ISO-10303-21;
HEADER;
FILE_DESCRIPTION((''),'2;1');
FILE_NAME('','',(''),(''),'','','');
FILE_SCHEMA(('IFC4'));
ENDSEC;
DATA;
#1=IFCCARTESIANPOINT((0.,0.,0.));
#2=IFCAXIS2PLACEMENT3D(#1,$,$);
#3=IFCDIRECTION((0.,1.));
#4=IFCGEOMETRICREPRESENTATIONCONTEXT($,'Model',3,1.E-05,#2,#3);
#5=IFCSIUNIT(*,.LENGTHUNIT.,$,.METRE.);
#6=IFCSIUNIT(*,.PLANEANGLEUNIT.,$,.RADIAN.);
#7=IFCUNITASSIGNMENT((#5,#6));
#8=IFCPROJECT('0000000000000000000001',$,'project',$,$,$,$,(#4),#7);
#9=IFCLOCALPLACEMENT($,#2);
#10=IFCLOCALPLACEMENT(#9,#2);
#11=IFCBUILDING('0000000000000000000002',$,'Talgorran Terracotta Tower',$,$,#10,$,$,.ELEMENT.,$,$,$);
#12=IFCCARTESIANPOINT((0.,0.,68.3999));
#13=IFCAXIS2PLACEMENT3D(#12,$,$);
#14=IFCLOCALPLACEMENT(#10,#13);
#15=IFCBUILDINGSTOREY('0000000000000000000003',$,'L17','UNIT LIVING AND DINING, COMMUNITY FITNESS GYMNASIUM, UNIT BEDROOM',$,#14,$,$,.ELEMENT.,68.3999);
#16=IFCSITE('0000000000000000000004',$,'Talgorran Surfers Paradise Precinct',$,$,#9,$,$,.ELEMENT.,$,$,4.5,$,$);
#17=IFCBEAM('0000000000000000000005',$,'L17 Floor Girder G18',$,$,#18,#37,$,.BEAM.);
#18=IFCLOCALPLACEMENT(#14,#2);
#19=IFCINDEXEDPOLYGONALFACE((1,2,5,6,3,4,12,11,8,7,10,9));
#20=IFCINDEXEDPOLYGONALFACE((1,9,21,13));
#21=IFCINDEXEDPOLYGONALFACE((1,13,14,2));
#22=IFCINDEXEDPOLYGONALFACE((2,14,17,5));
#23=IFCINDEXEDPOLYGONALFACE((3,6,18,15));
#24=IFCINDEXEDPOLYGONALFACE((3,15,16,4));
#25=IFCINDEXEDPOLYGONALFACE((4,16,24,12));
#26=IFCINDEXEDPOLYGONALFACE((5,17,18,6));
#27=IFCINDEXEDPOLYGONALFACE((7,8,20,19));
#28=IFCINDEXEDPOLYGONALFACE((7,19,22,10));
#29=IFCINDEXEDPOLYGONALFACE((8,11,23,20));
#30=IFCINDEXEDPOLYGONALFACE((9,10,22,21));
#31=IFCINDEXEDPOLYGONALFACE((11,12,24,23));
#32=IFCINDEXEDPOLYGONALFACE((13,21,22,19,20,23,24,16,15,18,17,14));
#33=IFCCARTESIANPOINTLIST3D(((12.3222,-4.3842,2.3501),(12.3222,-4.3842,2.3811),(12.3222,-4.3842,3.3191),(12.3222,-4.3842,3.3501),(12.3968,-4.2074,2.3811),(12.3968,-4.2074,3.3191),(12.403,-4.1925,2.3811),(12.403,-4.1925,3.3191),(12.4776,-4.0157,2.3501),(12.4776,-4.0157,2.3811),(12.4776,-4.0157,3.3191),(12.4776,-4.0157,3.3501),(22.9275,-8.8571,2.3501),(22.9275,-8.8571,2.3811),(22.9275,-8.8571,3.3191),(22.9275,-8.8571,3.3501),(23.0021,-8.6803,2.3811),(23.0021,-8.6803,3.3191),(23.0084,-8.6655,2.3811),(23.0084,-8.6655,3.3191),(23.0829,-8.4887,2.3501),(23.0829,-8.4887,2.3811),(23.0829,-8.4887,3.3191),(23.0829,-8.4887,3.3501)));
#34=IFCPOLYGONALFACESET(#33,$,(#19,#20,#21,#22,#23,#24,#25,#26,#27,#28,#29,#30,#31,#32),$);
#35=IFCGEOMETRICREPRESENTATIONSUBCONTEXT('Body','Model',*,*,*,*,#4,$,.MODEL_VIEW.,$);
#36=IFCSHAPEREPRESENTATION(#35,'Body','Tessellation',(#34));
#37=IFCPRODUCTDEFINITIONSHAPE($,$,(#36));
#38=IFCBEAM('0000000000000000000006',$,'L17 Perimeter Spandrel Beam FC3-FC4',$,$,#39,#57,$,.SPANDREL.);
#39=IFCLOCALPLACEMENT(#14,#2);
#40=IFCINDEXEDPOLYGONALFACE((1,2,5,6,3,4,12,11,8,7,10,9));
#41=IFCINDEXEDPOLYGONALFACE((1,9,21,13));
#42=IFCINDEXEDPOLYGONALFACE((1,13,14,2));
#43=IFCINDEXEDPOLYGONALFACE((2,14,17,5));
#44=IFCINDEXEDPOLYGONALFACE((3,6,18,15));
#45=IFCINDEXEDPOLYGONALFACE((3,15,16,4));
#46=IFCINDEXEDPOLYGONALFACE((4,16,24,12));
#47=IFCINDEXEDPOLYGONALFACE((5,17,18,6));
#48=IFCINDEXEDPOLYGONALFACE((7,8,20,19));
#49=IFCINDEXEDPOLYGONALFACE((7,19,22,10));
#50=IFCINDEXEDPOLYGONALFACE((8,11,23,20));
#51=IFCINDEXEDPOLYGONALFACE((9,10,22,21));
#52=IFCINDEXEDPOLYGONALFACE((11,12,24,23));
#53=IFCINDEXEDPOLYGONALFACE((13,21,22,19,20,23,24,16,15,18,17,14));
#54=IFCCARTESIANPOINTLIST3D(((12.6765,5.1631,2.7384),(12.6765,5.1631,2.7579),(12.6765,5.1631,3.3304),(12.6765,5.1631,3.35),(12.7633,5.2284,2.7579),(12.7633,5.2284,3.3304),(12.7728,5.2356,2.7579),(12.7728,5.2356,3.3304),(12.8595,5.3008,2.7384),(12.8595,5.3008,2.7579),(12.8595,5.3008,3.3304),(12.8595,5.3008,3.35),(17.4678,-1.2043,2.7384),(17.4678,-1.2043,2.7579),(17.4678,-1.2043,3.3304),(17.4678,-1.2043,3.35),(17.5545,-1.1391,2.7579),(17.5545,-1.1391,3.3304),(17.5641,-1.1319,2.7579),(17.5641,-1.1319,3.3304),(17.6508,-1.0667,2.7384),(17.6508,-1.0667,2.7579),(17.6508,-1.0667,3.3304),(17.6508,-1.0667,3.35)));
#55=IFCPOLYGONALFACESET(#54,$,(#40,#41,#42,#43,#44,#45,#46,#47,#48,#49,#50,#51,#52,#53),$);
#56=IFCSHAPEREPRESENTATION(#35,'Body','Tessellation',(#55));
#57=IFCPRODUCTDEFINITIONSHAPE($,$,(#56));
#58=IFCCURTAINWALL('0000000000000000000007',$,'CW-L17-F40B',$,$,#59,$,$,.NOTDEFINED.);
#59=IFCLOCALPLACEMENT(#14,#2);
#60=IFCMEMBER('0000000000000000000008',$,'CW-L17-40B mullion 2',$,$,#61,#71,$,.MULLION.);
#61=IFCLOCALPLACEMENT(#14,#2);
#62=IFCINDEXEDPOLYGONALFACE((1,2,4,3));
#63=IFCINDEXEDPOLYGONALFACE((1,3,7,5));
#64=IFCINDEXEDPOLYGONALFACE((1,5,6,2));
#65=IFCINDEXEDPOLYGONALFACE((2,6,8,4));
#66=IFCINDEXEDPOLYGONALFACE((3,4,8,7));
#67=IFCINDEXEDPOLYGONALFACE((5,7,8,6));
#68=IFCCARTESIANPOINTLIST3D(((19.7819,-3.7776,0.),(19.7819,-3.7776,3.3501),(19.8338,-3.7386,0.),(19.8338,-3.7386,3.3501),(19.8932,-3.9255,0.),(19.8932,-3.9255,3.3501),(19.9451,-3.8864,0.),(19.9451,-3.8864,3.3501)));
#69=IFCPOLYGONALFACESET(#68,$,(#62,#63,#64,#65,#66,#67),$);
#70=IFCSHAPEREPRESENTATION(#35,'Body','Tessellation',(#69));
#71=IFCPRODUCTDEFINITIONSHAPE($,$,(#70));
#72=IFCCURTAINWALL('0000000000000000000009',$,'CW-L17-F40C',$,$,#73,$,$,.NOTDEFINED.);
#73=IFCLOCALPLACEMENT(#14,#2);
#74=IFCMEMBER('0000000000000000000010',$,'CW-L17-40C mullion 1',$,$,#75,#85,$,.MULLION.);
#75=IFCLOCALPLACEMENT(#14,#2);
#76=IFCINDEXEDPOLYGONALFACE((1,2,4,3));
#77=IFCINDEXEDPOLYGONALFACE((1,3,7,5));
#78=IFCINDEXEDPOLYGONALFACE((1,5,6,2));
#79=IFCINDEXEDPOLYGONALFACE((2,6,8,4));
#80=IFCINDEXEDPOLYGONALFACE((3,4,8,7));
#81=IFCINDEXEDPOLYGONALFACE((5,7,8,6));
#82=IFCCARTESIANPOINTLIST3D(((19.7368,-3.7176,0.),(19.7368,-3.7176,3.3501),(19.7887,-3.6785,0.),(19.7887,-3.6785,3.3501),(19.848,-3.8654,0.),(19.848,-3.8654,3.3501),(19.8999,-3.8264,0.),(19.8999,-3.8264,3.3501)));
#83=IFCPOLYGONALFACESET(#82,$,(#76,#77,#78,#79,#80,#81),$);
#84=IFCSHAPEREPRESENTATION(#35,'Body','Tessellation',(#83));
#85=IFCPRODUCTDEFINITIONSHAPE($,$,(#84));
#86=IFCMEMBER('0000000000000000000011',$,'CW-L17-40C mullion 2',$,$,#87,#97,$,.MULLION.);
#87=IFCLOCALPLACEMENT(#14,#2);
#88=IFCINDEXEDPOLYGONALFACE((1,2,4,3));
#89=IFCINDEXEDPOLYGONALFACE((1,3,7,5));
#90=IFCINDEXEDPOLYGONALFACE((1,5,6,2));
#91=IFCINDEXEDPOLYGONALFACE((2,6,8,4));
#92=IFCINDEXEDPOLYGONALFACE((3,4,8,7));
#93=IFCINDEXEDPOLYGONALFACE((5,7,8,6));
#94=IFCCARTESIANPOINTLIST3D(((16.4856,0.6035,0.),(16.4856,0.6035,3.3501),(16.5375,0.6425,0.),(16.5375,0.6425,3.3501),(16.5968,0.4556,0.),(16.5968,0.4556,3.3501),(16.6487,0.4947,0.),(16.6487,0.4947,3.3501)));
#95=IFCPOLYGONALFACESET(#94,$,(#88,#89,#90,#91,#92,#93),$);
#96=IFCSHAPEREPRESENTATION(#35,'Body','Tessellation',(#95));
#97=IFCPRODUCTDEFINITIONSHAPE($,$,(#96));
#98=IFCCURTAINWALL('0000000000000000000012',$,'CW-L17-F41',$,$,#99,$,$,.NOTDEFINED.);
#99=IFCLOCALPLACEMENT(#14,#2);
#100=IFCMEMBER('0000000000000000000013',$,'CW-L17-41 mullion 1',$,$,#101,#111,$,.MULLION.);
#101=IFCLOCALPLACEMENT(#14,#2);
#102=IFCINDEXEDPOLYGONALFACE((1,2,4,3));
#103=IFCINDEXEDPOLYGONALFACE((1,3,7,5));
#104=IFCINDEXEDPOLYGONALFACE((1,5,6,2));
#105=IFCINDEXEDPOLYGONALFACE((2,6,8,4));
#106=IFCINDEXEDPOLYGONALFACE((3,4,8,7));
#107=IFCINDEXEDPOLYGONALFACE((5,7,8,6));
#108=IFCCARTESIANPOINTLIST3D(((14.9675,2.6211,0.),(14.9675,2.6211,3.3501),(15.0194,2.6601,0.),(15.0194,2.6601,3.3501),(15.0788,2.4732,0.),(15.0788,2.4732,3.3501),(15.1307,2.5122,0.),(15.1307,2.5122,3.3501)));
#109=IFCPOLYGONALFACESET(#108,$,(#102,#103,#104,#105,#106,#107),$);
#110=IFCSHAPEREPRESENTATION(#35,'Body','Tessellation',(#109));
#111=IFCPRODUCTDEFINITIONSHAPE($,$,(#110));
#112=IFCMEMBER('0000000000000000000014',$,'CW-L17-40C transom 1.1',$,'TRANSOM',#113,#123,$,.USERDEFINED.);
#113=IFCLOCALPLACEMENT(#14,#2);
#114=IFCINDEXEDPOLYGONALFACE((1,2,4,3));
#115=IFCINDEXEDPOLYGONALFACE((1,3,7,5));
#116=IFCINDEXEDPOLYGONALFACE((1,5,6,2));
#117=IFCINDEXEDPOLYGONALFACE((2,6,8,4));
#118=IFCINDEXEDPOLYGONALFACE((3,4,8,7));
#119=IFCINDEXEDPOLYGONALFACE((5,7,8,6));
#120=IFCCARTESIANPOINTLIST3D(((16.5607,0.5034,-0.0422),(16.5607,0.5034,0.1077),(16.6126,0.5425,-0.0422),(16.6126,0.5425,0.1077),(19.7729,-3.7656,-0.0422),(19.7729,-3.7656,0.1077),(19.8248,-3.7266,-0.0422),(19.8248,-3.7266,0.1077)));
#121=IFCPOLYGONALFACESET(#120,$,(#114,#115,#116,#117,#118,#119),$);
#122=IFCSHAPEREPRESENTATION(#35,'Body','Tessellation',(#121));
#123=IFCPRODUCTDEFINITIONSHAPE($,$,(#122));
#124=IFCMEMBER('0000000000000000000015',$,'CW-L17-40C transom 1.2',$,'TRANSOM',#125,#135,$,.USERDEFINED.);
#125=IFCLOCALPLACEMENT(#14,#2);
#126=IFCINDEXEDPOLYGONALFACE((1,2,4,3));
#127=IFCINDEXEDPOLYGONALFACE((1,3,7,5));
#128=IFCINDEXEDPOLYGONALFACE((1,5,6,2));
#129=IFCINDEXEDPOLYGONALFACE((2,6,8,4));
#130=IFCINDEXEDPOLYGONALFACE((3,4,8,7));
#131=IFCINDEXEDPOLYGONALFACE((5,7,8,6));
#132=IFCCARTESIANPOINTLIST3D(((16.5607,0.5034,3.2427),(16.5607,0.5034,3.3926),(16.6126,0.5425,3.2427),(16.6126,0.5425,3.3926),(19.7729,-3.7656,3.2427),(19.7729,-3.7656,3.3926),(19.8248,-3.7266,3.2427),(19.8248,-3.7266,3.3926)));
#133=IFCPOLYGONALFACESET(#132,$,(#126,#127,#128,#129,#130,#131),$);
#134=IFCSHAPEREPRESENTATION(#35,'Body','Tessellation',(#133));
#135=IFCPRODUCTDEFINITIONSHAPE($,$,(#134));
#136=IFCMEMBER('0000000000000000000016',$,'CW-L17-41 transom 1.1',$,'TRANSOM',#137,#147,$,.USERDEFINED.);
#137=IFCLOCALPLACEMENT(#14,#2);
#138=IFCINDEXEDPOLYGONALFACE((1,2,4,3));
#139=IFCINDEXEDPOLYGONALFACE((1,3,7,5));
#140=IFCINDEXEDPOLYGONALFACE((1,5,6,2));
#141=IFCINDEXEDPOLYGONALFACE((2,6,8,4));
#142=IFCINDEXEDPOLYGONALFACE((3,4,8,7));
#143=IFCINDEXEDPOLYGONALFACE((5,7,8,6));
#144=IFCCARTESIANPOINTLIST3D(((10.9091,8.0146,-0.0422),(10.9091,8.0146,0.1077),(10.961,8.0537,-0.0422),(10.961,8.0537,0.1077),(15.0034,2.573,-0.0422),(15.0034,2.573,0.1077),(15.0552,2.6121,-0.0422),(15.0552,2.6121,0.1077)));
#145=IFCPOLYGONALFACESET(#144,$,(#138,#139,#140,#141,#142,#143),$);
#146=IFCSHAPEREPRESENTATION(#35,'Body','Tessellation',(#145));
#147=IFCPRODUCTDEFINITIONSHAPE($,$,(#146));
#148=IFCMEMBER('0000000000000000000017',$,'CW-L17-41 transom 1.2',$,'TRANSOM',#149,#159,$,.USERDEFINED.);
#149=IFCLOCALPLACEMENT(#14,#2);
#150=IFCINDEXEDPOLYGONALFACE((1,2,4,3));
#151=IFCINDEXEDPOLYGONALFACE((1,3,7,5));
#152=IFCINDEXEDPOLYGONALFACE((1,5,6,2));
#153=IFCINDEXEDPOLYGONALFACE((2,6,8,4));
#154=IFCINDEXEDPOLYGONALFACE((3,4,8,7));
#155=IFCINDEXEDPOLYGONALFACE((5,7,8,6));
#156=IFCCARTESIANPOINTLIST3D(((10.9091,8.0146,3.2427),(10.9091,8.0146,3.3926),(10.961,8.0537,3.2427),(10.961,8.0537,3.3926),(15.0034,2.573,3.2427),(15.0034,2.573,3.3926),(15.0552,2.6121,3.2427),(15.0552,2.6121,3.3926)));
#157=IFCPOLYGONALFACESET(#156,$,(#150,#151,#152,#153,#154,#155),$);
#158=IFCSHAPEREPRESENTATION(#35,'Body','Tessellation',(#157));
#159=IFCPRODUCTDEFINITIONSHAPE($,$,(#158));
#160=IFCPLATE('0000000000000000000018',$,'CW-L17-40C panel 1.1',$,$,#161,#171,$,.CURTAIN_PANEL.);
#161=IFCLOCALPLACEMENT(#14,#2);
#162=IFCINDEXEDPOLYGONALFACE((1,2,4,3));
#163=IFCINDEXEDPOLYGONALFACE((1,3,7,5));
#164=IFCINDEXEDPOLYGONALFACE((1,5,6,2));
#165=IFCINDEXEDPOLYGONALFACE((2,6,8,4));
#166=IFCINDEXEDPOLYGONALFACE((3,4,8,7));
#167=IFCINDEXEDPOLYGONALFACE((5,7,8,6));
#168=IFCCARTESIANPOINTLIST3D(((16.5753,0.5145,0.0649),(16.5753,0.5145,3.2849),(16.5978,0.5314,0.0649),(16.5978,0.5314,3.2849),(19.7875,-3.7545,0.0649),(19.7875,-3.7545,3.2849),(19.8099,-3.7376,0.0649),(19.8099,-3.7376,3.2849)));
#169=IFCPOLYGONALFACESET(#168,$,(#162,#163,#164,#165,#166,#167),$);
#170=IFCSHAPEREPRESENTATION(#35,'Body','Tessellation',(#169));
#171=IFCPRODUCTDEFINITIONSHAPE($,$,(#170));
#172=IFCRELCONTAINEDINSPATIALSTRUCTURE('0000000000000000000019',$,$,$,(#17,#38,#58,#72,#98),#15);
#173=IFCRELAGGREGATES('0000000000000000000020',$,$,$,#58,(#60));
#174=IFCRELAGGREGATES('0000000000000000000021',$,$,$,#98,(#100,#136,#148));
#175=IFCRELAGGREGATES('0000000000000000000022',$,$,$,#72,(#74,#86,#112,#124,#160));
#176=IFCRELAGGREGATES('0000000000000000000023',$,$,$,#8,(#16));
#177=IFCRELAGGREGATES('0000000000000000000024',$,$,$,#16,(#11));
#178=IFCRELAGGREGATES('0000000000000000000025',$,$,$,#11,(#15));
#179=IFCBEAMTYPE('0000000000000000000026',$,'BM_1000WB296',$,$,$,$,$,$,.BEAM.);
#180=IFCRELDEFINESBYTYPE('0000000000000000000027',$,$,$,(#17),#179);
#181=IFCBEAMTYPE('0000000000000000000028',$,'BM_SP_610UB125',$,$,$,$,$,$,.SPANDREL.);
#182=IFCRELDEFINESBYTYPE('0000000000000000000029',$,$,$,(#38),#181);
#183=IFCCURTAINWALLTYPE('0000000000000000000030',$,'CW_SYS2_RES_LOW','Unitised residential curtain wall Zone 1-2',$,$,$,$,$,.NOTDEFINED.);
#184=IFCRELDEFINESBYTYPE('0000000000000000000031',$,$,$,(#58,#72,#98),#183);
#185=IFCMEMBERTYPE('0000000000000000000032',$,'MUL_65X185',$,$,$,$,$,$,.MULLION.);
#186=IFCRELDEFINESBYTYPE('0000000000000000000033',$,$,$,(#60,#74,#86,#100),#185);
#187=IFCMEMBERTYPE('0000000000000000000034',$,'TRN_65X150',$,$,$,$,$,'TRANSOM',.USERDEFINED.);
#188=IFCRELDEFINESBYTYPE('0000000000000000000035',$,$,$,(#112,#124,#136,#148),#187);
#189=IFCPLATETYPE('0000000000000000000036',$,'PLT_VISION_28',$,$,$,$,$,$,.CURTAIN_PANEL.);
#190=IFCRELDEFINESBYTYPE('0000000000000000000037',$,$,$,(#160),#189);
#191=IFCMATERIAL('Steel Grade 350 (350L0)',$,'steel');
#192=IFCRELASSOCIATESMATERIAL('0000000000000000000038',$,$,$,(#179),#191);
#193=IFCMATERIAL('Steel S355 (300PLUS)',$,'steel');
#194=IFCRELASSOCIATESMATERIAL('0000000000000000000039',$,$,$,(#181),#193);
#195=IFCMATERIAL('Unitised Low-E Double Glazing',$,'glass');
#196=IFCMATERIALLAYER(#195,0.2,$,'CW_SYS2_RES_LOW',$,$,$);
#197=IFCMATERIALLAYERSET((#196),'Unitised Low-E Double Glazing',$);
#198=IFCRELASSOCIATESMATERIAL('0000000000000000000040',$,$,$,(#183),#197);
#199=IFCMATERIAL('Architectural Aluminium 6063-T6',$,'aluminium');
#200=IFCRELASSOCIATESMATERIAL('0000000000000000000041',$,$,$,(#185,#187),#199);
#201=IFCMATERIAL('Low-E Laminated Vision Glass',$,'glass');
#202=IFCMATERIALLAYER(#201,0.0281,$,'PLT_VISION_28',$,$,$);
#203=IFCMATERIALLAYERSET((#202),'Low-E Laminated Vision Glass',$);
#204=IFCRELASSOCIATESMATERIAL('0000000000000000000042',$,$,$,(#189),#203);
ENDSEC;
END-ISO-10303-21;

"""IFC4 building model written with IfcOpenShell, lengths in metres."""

from ifc_helpers import new_model, si_unit, direction, frame, origin, origin_2d, place, context, subcontext, project, spatial, rectangle, i_section, extrude, source, transform, mapped, material, layer, layer_set, material_profile, profile_set, type_object, type_shapes, element, aggregate, save


model = new_model("IFC4")

# Units and contexts
model_context = context("Model", 3, precision=1e-05, world=origin(), true_north=direction((0.0, 1.0)))
body_context = subcontext(model_context, "Body", "Model", "MODEL_VIEW")
ifc_project = project(units=[si_unit("LENGTHUNIT", "METRE"), si_unit("PLANEANGLEUNIT", "RADIAN")], contexts=[model_context])

# Site, building, storey
site_placement = place(None, origin())
site = spatial("IfcSite", under=ifc_project, at=site_placement, Name="Talgorran Surfers Paradise Precinct", CompositionType="ELEMENT", RefElevation=4.5)
building_placement = place(site_placement, origin())
building = spatial("IfcBuilding", under=site, at=building_placement, Name="Talgorran Terracotta Tower", CompositionType="ELEMENT")
storey_placement = place(building_placement, frame((0.0, 0.0, 68.3999)))
storey = spatial("IfcBuildingStorey", under=building, at=storey_placement, Name="L17", Description="UNIT LIVING AND DINING, COMMUNITY FITNESS GYMNASIUM, UNIT BEDROOM", CompositionType="ELEMENT", Elevation=68.3999)

# Shared definitions
ifc_material_1 = material(Name="Steel S355 (300PLUS)", Category="steel")
ifc_material_2 = material(Name="Steel Grade 350 (350L0)", Category="steel")

# Beams
ifc_material_profile_1 = material_profile(ifc_material_2, i_section(OverallWidth=0.3999, OverallDepth=1.0, WebThickness=0.0161, FlangeThickness=0.031, at=origin_2d()), Name="1000WB296")
ifc_profile_set_1 = profile_set([ifc_material_profile_1], Name="Steel Grade 350 (350L0)")
beam_type_1 = type_object("IfcBeamType", Name="BM_1000WB296", PredefinedType="BEAM", material=ifc_profile_set_1)
beam_1_placement = place(storey_placement, frame((12.3999, -4.2, 2.8501), z_axis=(0.921401, -0.388614, 0.0), x_axis=(0.388614, 0.921401, 0.0)))
element("IfcBeam", 1, at=beam_1_placement, inside=storey, type_object=beam_type_1, Name="L17 Floor Girder G18", PredefinedType="BEAM", context=body_context, shape_type="SweptSolid", body=[
    extrude(i_section(OverallWidth=0.3999, OverallDepth=1.0, WebThickness=0.0161, FlangeThickness=0.031, at=origin_2d()), origin(), (0.0, 0.0, 1.0), 11.51),
])
ifc_material_profile_2 = material_profile(ifc_material_1, i_section(OverallWidth=0.229, OverallDepth=0.6116, WebThickness=0.012, FlangeThickness=0.0195, at=origin_2d()), Name="610UB125")
ifc_profile_set_2 = profile_set([ifc_material_profile_2], Name="Steel S355 (300PLUS)")
beam_type_2 = type_object("IfcBeamType", Name="BM_SP_610UB125", PredefinedType="SPANDREL", material=ifc_profile_set_2)
beam_2_placement = place(storey_placement, frame((17.5593, -1.1355, 3.0442), z_axis=(-0.601259, 0.799054, 0.0), x_axis=(-0.799054, -0.601259, 0.0)))
element("IfcBeam", 2, at=beam_2_placement, inside=storey, type_object=beam_type_2, Name="L17 Perimeter Spandrel Beam FC3-FC4", PredefinedType="SPANDREL", context=body_context, shape_type="SweptSolid", body=[
    extrude(i_section(OverallWidth=0.229, OverallDepth=0.6116, WebThickness=0.012, FlangeThickness=0.0195, at=origin_2d()), origin(), (0.0, 0.0, 1.0), 7.9688),
])

# Curtain wall, member
ifc_material_3 = material(Name="Unitised Low-E Double Glazing", Category="glass")
ifc_layer_1 = layer(ifc_material_3, 0.2, Name="CW_SYS2_RES_LOW")
ifc_layer_set_1 = layer_set([ifc_layer_1], Name="Unitised Low-E Double Glazing")
curtain_wall_type = type_object("IfcCurtainWallType", Name="CW_SYS2_RES_LOW", Description="Unitised residential curtain wall Zone 1-2", PredefinedType="NOTDEFINED", material=ifc_layer_set_1)
curtain_wall_1_placement = place(storey_placement, origin())
curtain_wall_1 = element("IfcCurtainWall", 3, at=curtain_wall_1_placement, inside=storey, type_object=curtain_wall_type, Name="CW-L17-F40B", PredefinedType="NOTDEFINED")
ifc_material_4 = material(Name="Architectural Aluminium 6063-T6", Category="aluminium")
ifc_material_profile_3 = material_profile(ifc_material_4, rectangle(XDim=0.0649, YDim=0.1851, at=origin_2d()), Name="CWM65X185")
ifc_profile_set_3 = profile_set([ifc_material_profile_3], Name="Architectural Aluminium 6063-T6")
member_type_1 = type_object("IfcMemberType", Name="MUL_65X185", PredefinedType="MULLION", material=ifc_profile_set_3)
member_1_placement = place(storey_placement, frame((19.8635, -3.832, 0.0), z_axis=(0.0, 0.0, 1.0), x_axis=(-0.799063, -0.601248, 0.0)))
member_1 = element("IfcMember", 4, at=member_1_placement, type_object=member_type_1, Name="CW-L17-40B mullion 2", PredefinedType="MULLION", context=body_context, shape_type="SweptSolid", body=[
    extrude(rectangle(XDim=0.0649, YDim=0.1851, at=origin_2d()), origin(), (0.0, 0.0, 1.0), 3.3501),
])
aggregate(curtain_wall_1, [member_1])

# Curtain wall, members
curtain_wall_2_placement = place(storey_placement, origin())
curtain_wall_2 = element("IfcCurtainWall", 5, at=curtain_wall_2_placement, inside=storey, type_object=curtain_wall_type, Name="CW-L17-F40C", PredefinedType="NOTDEFINED")
member_2_placement = place(storey_placement, frame((19.8184, -3.772, 0.0), z_axis=(0.0, 0.0, 1.0), x_axis=(-0.799065, -0.601245, 0.0)))
member_2 = element("IfcMember", 6, at=member_2_placement, type_object=member_type_1, Name="CW-L17-40C mullion 1", PredefinedType="MULLION", context=body_context, shape_type="SweptSolid", body=[
    extrude(rectangle(XDim=0.0649, YDim=0.1851, at=origin_2d()), origin(), (0.0, 0.0, 1.0), 3.3501),
])
member_3_placement = place(storey_placement, frame((16.5671, 0.5491, 0.0), z_axis=(0.0, 0.0, 1.0), x_axis=(-0.799065, -0.601245, 0.0)))
member_3 = element("IfcMember", 7, at=member_3_placement, type_object=member_type_1, Name="CW-L17-40C mullion 2", PredefinedType="MULLION", context=body_context, shape_type="SweptSolid", body=[
    extrude(rectangle(XDim=0.0649, YDim=0.1851, at=origin_2d()), origin(), (0.0, 0.0, 1.0), 3.3501),
])

# Curtain wall, member
curtain_wall_3_placement = place(storey_placement, origin())
curtain_wall_3 = element("IfcCurtainWall", 8, at=curtain_wall_3_placement, inside=storey, type_object=curtain_wall_type, Name="CW-L17-F41", PredefinedType="NOTDEFINED")
member_4_placement = place(storey_placement, frame((15.0491, 2.5667, 0.0), z_axis=(0.0, 0.0, 1.0), x_axis=(-0.799062, -0.601249, 0.0)))
member_4 = element("IfcMember", 9, at=member_4_placement, type_object=member_type_1, Name="CW-L17-41 mullion 1", PredefinedType="MULLION", context=body_context, shape_type="SweptSolid", body=[
    extrude(rectangle(XDim=0.0649, YDim=0.1851, at=origin_2d()), origin(), (0.0, 0.0, 1.0), 3.3501),
])

# Members
ifc_material_profile_4 = material_profile(ifc_material_4, rectangle(XDim=0.0649, YDim=0.1499, at=origin_2d()), Name="CWT65X150")
ifc_profile_set_4 = profile_set([ifc_material_profile_4], Name="Architectural Aluminium 6063-T6")
member_type_2 = type_object("IfcMemberType", Name="TRN_65X150", ElementType="TRANSOM", PredefinedType="USERDEFINED", material=ifc_profile_set_4)
member_5_placement = place(storey_placement, frame((19.7988, -3.7461, 0.0327), z_axis=(-0.601242, 0.799067, 0.0), x_axis=(-0.799067, -0.601242, 0.0)))
member_5 = element("IfcMember", 10, at=member_5_placement, type_object=member_type_2, Name="CW-L17-40C transom 1.1", ObjectType="TRANSOM", PredefinedType="USERDEFINED", context=body_context, shape_type="SweptSolid", body=[
    extrude(rectangle(XDim=0.0649, YDim=0.1499, at=origin_2d()), origin(), (0.0, 0.0, 1.0), 5.3425),
])
member_6_placement = place(storey_placement, frame((19.7988, -3.7461, 3.3176), z_axis=(-0.601242, 0.799067, 0.0), x_axis=(-0.799067, -0.601242, 0.0)))
member_6 = element("IfcMember", 11, at=member_6_placement, type_object=member_type_2, Name="CW-L17-40C transom 1.2", ObjectType="TRANSOM", PredefinedType="USERDEFINED", context=body_context, shape_type="SweptSolid", body=[
    extrude(rectangle(XDim=0.0649, YDim=0.1499, at=origin_2d()), origin(), (0.0, 0.0, 1.0), 5.3425),
])
member_7_placement = place(storey_placement, frame((15.0293, 2.5925, 0.0327), z_axis=(-0.601221, 0.799083, 0.0), x_axis=(-0.799083, -0.601221, 0.0)))
member_7 = element("IfcMember", 12, at=member_7_placement, type_object=member_type_2, Name="CW-L17-41 transom 1.1", ObjectType="TRANSOM", PredefinedType="USERDEFINED", context=body_context, shape_type="SweptSolid", body=[
    extrude(rectangle(XDim=0.0649, YDim=0.1499, at=origin_2d()), origin(), (0.0, 0.0, 1.0), 6.8098),
])
member_8_placement = place(storey_placement, frame((15.0293, 2.5925, 3.3176), z_axis=(-0.601221, 0.799083, 0.0), x_axis=(-0.799083, -0.601221, 0.0)))
member_8 = element("IfcMember", 13, at=member_8_placement, type_object=member_type_2, Name="CW-L17-41 transom 1.2", ObjectType="TRANSOM", PredefinedType="USERDEFINED", context=body_context, shape_type="SweptSolid", body=[
    extrude(rectangle(XDim=0.0649, YDim=0.1499, at=origin_2d()), origin(), (0.0, 0.0, 1.0), 6.8098),
])
aggregate(curtain_wall_3, [member_4, member_7, member_8])

# Plate
ifc_material_5 = material(Name="Low-E Laminated Vision Glass", Category="glass")
ifc_layer_2 = layer(ifc_material_5, 0.0281, Name="PLT_VISION_28")
ifc_layer_set_2 = layer_set([ifc_layer_2], Name="Low-E Laminated Vision Glass")
plate_type = type_object("IfcPlateType", Name="PLT_VISION_28", PredefinedType="CURTAIN_PANEL", material=ifc_layer_set_2)
shared_shape = source(origin(), body_context, "Body", "SweptSolid", [
    extrude(rectangle(XDim=5.3425, YDim=0.0281, at=origin_2d()), origin(), (0.0, 0.0, 1.0), 3.22),
])
type_shapes(plate_type, [shared_shape])
plate_placement = place(storey_placement, frame((18.1926, -1.6116, 0.0649), z_axis=(0.0, 0.0, 1.0), x_axis=(-0.601245, 0.799065, 0.0)))
plate = element("IfcPlate", 14, at=plate_placement, type_object=plate_type, Name="CW-L17-40C panel 1.1", PredefinedType="CURTAIN_PANEL", context=body_context, shape_type="MappedRepresentation", body=[
    mapped(shared_shape, transform((0.0, 0.0, 0.0), scale=1.0)),
])
aggregate(curtain_wall_2, [member_2, member_3, member_5, member_6, plate])

save(model, "model.ifc")
